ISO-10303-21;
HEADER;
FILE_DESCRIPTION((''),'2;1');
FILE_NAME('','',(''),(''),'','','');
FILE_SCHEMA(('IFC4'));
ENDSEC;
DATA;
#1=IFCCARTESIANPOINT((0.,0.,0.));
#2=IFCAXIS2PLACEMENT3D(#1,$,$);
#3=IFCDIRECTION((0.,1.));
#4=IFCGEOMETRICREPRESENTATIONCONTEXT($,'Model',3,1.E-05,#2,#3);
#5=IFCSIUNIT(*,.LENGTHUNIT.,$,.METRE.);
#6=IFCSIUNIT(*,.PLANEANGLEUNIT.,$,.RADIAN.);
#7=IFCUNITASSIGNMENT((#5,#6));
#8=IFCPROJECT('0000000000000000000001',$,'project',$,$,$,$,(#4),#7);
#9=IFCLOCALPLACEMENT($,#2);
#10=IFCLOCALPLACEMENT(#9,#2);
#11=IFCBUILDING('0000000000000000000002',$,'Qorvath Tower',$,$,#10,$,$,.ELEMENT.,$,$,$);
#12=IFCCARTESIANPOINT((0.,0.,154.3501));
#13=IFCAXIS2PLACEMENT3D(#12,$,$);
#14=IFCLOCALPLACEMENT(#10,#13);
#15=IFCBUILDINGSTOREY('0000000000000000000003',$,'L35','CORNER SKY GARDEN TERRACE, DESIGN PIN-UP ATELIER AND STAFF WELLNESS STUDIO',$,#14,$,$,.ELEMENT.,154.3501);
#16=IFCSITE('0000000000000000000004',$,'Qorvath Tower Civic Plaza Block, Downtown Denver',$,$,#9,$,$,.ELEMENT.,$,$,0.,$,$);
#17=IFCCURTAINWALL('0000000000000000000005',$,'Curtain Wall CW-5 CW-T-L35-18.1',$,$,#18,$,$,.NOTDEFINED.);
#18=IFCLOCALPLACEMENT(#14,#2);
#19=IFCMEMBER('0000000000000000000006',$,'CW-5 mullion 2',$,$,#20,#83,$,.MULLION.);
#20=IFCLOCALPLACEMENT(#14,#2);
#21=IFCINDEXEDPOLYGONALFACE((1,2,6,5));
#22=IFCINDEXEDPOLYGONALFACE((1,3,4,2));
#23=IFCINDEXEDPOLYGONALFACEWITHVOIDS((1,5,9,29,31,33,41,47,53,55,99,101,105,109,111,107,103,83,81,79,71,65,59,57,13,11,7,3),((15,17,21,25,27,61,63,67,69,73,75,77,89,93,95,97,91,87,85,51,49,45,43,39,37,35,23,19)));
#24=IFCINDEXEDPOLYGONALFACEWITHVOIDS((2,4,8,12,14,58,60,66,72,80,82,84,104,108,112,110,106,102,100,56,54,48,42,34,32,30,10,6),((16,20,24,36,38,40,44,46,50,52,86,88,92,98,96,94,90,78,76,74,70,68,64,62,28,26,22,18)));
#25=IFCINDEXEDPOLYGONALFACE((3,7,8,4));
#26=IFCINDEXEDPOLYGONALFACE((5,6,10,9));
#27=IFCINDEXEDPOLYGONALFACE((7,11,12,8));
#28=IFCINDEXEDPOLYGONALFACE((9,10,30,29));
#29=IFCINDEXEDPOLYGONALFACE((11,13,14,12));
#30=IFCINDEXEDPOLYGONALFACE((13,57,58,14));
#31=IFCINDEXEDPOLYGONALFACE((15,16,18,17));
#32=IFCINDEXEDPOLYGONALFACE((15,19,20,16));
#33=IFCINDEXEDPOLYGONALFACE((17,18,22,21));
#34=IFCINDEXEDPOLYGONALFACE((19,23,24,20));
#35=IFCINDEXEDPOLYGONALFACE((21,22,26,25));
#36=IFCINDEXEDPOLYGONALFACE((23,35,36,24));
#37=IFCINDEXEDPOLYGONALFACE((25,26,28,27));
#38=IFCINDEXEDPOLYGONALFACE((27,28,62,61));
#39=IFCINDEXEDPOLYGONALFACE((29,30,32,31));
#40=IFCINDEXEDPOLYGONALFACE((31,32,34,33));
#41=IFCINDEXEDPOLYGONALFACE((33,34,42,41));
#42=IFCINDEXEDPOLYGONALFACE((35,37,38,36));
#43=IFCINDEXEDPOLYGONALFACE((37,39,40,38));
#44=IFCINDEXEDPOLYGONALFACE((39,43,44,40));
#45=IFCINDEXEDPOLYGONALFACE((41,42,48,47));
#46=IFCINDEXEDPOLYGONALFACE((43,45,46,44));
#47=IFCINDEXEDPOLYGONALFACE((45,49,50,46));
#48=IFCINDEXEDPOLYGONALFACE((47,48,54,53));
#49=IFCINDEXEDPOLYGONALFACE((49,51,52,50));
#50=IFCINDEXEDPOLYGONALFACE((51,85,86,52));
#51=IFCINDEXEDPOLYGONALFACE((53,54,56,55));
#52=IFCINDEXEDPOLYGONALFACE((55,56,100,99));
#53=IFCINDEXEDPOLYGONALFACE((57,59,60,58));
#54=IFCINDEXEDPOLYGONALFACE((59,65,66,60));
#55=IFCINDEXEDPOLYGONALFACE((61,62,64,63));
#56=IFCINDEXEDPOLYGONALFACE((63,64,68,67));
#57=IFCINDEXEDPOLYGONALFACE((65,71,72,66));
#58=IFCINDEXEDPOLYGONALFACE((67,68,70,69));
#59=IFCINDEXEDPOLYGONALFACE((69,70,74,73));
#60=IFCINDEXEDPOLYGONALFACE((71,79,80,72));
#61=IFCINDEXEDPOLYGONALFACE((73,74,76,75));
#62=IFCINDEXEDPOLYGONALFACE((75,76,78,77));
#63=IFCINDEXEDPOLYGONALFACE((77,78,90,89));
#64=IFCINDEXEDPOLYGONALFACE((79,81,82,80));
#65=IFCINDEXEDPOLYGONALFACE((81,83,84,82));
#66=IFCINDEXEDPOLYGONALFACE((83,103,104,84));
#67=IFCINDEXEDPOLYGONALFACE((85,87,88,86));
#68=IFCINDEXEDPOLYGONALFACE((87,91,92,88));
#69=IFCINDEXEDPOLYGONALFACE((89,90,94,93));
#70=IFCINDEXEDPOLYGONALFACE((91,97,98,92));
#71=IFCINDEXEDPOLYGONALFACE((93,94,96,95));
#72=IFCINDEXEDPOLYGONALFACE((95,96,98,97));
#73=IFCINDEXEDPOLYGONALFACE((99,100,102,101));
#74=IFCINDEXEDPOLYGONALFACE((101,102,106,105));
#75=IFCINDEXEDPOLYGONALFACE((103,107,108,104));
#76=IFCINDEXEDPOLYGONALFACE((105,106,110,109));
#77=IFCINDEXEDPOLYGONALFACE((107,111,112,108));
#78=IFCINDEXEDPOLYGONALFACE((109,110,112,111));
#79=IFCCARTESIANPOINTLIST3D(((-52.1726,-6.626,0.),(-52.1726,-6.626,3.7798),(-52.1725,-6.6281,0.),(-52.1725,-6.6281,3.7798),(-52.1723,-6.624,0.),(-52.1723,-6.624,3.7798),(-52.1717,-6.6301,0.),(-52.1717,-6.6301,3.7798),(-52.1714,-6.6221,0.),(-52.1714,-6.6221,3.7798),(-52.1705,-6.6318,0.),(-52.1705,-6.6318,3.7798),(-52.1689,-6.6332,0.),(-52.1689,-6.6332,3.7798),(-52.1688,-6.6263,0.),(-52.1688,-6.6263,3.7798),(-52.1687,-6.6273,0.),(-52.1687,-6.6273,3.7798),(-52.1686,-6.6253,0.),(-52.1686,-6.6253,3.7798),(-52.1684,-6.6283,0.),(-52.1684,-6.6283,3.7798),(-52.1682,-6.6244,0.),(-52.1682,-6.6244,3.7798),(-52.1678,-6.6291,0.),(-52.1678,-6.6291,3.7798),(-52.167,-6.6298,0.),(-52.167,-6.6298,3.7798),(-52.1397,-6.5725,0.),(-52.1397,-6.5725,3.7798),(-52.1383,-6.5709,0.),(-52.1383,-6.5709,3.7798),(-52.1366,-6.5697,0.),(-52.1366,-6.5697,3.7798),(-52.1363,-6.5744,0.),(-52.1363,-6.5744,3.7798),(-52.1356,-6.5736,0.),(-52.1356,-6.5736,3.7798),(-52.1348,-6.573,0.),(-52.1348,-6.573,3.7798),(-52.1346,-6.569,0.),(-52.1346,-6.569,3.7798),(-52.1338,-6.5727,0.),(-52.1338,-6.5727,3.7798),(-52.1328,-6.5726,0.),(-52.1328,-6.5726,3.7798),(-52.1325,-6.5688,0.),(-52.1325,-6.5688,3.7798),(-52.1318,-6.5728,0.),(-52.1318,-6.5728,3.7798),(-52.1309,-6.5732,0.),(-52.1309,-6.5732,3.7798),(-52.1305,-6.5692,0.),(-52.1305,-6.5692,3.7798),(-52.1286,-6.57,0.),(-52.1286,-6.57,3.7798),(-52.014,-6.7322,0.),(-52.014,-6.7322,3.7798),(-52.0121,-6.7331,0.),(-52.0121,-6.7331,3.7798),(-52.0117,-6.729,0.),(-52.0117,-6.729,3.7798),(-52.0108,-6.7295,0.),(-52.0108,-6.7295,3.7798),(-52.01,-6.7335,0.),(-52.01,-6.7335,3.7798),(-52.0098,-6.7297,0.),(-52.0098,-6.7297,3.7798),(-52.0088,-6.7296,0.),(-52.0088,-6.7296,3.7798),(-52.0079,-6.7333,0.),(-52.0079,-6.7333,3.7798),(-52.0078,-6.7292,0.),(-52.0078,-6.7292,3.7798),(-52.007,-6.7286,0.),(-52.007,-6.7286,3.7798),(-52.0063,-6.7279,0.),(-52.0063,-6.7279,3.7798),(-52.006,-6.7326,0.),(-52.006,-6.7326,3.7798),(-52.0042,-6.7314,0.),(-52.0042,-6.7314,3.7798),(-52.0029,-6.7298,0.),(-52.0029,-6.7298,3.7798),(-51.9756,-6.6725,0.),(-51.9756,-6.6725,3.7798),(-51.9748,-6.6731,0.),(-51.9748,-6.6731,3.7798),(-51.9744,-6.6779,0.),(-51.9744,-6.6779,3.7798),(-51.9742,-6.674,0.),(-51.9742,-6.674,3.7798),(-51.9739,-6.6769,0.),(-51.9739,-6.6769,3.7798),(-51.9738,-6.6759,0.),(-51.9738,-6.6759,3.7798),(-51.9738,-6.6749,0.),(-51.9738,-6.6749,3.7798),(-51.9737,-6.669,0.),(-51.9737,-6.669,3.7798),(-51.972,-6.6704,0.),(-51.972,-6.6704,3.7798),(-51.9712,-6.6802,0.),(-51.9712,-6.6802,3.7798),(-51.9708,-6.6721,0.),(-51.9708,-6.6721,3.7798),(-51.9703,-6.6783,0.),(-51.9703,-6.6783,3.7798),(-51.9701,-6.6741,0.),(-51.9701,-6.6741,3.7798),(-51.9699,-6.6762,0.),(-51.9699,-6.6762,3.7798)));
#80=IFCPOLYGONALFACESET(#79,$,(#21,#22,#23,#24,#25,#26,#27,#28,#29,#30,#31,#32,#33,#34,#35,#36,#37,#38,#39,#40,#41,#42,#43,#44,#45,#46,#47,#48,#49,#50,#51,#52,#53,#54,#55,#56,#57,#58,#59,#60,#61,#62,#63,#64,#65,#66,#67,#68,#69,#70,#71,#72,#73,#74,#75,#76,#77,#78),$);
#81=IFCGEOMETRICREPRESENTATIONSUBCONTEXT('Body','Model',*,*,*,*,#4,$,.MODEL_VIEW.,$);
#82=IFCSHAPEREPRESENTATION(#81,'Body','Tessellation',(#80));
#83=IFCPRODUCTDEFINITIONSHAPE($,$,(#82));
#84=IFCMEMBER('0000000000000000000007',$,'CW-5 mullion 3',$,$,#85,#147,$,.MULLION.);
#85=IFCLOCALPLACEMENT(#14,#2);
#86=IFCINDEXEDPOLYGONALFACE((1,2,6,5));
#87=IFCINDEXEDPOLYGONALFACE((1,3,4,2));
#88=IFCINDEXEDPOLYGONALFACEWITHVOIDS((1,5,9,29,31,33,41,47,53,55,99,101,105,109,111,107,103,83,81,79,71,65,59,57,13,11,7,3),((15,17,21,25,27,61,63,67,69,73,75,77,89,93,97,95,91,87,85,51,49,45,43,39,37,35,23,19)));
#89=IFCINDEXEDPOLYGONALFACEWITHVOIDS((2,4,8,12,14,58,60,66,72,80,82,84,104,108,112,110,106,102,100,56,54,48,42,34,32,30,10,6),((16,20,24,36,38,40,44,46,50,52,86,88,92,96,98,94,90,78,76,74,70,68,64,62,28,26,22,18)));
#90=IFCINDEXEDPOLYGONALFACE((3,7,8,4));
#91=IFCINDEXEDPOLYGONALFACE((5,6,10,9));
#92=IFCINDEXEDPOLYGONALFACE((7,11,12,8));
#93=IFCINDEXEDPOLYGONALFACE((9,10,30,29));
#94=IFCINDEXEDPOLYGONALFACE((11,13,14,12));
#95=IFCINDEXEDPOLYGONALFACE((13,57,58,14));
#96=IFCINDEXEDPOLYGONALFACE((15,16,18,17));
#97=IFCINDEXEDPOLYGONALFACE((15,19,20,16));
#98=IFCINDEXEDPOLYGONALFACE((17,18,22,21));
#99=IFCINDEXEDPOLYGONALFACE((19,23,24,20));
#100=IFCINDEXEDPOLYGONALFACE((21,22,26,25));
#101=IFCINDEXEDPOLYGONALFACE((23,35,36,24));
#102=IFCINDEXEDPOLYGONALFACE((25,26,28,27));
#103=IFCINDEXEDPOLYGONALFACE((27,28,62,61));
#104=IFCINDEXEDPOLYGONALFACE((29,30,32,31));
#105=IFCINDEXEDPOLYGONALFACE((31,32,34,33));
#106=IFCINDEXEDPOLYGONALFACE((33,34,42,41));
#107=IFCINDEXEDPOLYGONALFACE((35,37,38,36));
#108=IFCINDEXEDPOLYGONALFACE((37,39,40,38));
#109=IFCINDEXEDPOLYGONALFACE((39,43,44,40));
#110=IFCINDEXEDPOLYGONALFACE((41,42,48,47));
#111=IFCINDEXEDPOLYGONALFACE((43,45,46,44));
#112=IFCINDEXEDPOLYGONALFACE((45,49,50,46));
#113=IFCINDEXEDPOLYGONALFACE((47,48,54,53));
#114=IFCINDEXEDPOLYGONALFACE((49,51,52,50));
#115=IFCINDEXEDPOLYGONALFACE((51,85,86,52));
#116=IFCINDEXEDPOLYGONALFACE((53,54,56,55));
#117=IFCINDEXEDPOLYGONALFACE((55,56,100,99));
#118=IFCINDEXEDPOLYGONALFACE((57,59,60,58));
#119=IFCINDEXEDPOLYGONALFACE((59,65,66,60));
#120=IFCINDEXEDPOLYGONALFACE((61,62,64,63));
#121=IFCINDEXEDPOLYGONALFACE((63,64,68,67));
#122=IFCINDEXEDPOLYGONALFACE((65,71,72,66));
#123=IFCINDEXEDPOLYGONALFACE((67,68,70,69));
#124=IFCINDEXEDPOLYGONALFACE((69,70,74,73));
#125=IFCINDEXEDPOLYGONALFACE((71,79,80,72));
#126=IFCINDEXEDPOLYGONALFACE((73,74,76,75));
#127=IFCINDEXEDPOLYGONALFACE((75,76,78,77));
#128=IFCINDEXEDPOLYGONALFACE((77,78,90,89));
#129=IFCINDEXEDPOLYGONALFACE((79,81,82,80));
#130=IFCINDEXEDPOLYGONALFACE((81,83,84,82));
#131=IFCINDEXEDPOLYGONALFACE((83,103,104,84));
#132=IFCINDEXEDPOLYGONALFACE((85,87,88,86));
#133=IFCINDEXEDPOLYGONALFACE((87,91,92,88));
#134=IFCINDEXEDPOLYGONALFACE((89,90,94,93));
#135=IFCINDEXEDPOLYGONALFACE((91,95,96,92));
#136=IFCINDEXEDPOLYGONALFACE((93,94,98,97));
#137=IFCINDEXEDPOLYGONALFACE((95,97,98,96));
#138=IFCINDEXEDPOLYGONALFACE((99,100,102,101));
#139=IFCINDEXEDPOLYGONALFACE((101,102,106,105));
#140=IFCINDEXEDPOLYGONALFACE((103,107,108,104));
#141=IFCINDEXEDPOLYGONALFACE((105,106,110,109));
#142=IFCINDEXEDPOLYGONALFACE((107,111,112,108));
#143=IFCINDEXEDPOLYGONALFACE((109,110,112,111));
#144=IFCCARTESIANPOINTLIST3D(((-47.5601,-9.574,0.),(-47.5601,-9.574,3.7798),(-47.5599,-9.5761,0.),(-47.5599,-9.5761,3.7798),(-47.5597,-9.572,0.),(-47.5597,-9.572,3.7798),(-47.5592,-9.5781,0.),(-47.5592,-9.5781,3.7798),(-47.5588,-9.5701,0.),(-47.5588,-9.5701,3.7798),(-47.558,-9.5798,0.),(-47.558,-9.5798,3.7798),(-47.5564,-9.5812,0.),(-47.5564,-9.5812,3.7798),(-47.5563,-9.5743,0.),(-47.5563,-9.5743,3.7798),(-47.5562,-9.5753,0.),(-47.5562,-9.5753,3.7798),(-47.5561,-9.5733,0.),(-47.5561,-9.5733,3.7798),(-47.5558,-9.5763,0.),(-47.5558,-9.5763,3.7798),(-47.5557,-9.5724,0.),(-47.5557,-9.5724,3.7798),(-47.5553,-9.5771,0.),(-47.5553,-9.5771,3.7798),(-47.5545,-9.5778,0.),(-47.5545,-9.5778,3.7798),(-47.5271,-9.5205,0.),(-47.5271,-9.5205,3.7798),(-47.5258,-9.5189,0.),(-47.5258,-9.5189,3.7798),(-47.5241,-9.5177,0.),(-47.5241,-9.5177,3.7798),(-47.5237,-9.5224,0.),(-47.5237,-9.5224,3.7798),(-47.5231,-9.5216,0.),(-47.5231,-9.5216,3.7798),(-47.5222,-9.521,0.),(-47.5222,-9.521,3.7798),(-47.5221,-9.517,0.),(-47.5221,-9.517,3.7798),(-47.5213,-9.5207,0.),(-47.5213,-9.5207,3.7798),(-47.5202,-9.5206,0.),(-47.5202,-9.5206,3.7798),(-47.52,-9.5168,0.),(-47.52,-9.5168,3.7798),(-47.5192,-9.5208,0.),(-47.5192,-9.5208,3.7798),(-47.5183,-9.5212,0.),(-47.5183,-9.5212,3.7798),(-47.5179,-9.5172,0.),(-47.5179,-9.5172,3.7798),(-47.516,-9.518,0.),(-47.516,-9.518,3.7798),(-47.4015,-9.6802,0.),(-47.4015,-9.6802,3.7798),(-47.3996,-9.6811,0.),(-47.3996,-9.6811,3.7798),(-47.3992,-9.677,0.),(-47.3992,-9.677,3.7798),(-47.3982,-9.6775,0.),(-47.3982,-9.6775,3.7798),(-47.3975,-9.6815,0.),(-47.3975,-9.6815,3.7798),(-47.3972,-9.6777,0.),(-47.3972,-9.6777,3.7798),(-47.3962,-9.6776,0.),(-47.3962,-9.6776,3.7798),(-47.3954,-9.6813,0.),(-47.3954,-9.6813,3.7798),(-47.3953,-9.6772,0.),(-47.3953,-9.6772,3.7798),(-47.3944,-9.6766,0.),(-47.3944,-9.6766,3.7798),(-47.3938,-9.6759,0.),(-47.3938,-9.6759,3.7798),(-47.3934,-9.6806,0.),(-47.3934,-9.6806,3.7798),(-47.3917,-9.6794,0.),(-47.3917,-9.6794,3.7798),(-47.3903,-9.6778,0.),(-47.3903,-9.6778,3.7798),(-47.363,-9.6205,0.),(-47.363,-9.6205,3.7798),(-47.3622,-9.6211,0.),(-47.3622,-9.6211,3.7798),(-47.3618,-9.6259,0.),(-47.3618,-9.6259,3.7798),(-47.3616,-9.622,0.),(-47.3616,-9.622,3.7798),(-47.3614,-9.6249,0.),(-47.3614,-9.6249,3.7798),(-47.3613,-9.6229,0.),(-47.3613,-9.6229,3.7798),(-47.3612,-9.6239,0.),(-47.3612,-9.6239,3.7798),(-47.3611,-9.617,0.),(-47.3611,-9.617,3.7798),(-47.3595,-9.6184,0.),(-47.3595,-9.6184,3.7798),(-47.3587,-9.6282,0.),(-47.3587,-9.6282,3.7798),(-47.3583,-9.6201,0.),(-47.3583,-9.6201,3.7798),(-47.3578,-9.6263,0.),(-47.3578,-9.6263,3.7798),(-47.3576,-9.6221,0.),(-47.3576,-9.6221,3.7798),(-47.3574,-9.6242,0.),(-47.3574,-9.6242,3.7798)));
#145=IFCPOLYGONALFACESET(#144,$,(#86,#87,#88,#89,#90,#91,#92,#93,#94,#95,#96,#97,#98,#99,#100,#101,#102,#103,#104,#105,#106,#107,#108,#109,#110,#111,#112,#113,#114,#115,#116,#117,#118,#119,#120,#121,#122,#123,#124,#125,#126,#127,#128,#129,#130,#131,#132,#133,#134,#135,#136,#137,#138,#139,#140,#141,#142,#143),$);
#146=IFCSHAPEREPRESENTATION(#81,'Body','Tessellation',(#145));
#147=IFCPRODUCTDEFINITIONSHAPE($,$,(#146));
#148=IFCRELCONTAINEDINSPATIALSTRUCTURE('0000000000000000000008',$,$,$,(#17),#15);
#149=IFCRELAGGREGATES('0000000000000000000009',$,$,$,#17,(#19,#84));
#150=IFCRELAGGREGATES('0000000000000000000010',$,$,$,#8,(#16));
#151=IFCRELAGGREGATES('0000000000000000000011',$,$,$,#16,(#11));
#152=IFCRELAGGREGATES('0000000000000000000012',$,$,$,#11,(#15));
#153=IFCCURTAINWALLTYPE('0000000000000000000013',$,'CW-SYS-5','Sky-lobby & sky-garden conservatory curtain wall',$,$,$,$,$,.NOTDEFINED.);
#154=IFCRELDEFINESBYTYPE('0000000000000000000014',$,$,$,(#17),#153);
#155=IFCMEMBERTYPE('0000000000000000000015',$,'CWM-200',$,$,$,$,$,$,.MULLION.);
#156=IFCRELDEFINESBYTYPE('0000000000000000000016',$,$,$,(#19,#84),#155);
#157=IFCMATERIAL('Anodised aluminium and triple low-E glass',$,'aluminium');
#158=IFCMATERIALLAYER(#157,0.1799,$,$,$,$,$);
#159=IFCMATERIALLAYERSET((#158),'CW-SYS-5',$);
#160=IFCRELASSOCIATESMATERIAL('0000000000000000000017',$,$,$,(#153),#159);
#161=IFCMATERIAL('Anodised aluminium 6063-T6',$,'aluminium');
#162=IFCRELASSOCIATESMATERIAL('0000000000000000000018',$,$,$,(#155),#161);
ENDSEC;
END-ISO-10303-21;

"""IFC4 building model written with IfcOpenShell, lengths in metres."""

from ifc_helpers import new_model, si_unit, direction, frame, origin, origin_2d, place, context, subcontext, project, spatial, hollow_rectangle, extrude, material, layer, layer_set, material_profile, profile_set, type_object, element, aggregate, save


model = new_model("IFC4")

# Units and contexts
model_context = context("Model", 3, precision=1e-05, world=origin(), true_north=direction((0.0, 1.0)))
body_context = subcontext(model_context, "Body", "Model", "MODEL_VIEW")
ifc_project = project(units=[si_unit("LENGTHUNIT", "METRE"), si_unit("PLANEANGLEUNIT", "RADIAN")], contexts=[model_context])

# Site, building, storey
site_placement = place(None, origin())
site = spatial("IfcSite", under=ifc_project, at=site_placement, Name="Qorvath Tower Civic Plaza Block, Downtown Denver", CompositionType="ELEMENT", RefElevation=0.0)
building_placement = place(site_placement, origin())
building = spatial("IfcBuilding", under=site, at=building_placement, Name="Qorvath Tower", CompositionType="ELEMENT")
storey_placement = place(building_placement, frame((0.0, 0.0, 154.3501)))
storey = spatial("IfcBuildingStorey", under=building, at=storey_placement, Name="L35", Description="CORNER SKY GARDEN TERRACE, DESIGN PIN-UP ATELIER AND STAFF WELLNESS STUDIO", CompositionType="ELEMENT", Elevation=154.3501)

# Shared definitions
ifc_material_1 = material(Name="Anodised aluminium and triple low-E glass", Category="aluminium")
ifc_layer_1 = layer(ifc_material_1, 0.1799)
ifc_layer_set_1 = layer_set([ifc_layer_1], Name="CW-SYS-5")
curtain_wall_type = type_object("IfcCurtainWallType", Name="CW-SYS-5", Description="Sky-lobby & sky-garden conservatory curtain wall", PredefinedType="NOTDEFINED", material=ifc_layer_set_1)
ifc_material_2 = material(Name="Anodised aluminium 6063-T6", Category="aluminium")
ifc_material_profile_1 = material_profile(ifc_material_2, hollow_rectangle(XDim=0.075, YDim=0.2, WallThickness=0.0039, InnerFilletRadius=0.0039, OuterFilletRadius=0.0081, at=origin_2d()), Name="CWM 200x75")
ifc_profile_set_1 = profile_set([ifc_material_profile_1], Name="Anodised aluminium 6063-T6")
member_type_1 = type_object("IfcMemberType", Name="CWM-200", PredefinedType="MULLION", material=ifc_profile_set_1)

# Curtain wall, members
curtain_wall_1_placement = place(storey_placement, origin())
curtain_wall_1 = element("IfcCurtainWall", 1, at=curtain_wall_1_placement, inside=storey, type_object=curtain_wall_type, Name="Curtain Wall CW-5 CW-T-L35-18.1", PredefinedType="NOTDEFINED")
member_1_placement = place(storey_placement, frame((-52.0713, -6.6511, 0.0), z_axis=(0.0, 0.0, 1.0), x_axis=(0.538536, 0.842602, 0.0)))
member_1 = element("IfcMember", 2, at=member_1_placement, type_object=member_type_1, Name="CW-5 mullion 2", PredefinedType="MULLION", context=body_context, shape_type="SweptSolid", body=[
    extrude(hollow_rectangle(XDim=0.075, YDim=0.2, WallThickness=0.0039, InnerFilletRadius=0.0039, OuterFilletRadius=0.0081, at=origin_2d()), origin(), (0.0, 0.0, 1.0), 3.7798),
])
member_2_placement = place(storey_placement, frame((-47.4587, -9.5991, 0.0), z_axis=(0.0, 0.0, 1.0), x_axis=(0.538536, 0.842602, 0.0)))
member_2 = element("IfcMember", 3, at=member_2_placement, type_object=member_type_1, Name="CW-5 mullion 3", PredefinedType="MULLION", context=body_context, shape_type="SweptSolid", body=[
    extrude(hollow_rectangle(XDim=0.075, YDim=0.2, WallThickness=0.0039, InnerFilletRadius=0.0039, OuterFilletRadius=0.0081, at=origin_2d()), origin(), (0.0, 0.0, 1.0), 3.7798),
])

aggregate(curtain_wall_1, [member_1, member_2])

save(model, "model.ifc")
